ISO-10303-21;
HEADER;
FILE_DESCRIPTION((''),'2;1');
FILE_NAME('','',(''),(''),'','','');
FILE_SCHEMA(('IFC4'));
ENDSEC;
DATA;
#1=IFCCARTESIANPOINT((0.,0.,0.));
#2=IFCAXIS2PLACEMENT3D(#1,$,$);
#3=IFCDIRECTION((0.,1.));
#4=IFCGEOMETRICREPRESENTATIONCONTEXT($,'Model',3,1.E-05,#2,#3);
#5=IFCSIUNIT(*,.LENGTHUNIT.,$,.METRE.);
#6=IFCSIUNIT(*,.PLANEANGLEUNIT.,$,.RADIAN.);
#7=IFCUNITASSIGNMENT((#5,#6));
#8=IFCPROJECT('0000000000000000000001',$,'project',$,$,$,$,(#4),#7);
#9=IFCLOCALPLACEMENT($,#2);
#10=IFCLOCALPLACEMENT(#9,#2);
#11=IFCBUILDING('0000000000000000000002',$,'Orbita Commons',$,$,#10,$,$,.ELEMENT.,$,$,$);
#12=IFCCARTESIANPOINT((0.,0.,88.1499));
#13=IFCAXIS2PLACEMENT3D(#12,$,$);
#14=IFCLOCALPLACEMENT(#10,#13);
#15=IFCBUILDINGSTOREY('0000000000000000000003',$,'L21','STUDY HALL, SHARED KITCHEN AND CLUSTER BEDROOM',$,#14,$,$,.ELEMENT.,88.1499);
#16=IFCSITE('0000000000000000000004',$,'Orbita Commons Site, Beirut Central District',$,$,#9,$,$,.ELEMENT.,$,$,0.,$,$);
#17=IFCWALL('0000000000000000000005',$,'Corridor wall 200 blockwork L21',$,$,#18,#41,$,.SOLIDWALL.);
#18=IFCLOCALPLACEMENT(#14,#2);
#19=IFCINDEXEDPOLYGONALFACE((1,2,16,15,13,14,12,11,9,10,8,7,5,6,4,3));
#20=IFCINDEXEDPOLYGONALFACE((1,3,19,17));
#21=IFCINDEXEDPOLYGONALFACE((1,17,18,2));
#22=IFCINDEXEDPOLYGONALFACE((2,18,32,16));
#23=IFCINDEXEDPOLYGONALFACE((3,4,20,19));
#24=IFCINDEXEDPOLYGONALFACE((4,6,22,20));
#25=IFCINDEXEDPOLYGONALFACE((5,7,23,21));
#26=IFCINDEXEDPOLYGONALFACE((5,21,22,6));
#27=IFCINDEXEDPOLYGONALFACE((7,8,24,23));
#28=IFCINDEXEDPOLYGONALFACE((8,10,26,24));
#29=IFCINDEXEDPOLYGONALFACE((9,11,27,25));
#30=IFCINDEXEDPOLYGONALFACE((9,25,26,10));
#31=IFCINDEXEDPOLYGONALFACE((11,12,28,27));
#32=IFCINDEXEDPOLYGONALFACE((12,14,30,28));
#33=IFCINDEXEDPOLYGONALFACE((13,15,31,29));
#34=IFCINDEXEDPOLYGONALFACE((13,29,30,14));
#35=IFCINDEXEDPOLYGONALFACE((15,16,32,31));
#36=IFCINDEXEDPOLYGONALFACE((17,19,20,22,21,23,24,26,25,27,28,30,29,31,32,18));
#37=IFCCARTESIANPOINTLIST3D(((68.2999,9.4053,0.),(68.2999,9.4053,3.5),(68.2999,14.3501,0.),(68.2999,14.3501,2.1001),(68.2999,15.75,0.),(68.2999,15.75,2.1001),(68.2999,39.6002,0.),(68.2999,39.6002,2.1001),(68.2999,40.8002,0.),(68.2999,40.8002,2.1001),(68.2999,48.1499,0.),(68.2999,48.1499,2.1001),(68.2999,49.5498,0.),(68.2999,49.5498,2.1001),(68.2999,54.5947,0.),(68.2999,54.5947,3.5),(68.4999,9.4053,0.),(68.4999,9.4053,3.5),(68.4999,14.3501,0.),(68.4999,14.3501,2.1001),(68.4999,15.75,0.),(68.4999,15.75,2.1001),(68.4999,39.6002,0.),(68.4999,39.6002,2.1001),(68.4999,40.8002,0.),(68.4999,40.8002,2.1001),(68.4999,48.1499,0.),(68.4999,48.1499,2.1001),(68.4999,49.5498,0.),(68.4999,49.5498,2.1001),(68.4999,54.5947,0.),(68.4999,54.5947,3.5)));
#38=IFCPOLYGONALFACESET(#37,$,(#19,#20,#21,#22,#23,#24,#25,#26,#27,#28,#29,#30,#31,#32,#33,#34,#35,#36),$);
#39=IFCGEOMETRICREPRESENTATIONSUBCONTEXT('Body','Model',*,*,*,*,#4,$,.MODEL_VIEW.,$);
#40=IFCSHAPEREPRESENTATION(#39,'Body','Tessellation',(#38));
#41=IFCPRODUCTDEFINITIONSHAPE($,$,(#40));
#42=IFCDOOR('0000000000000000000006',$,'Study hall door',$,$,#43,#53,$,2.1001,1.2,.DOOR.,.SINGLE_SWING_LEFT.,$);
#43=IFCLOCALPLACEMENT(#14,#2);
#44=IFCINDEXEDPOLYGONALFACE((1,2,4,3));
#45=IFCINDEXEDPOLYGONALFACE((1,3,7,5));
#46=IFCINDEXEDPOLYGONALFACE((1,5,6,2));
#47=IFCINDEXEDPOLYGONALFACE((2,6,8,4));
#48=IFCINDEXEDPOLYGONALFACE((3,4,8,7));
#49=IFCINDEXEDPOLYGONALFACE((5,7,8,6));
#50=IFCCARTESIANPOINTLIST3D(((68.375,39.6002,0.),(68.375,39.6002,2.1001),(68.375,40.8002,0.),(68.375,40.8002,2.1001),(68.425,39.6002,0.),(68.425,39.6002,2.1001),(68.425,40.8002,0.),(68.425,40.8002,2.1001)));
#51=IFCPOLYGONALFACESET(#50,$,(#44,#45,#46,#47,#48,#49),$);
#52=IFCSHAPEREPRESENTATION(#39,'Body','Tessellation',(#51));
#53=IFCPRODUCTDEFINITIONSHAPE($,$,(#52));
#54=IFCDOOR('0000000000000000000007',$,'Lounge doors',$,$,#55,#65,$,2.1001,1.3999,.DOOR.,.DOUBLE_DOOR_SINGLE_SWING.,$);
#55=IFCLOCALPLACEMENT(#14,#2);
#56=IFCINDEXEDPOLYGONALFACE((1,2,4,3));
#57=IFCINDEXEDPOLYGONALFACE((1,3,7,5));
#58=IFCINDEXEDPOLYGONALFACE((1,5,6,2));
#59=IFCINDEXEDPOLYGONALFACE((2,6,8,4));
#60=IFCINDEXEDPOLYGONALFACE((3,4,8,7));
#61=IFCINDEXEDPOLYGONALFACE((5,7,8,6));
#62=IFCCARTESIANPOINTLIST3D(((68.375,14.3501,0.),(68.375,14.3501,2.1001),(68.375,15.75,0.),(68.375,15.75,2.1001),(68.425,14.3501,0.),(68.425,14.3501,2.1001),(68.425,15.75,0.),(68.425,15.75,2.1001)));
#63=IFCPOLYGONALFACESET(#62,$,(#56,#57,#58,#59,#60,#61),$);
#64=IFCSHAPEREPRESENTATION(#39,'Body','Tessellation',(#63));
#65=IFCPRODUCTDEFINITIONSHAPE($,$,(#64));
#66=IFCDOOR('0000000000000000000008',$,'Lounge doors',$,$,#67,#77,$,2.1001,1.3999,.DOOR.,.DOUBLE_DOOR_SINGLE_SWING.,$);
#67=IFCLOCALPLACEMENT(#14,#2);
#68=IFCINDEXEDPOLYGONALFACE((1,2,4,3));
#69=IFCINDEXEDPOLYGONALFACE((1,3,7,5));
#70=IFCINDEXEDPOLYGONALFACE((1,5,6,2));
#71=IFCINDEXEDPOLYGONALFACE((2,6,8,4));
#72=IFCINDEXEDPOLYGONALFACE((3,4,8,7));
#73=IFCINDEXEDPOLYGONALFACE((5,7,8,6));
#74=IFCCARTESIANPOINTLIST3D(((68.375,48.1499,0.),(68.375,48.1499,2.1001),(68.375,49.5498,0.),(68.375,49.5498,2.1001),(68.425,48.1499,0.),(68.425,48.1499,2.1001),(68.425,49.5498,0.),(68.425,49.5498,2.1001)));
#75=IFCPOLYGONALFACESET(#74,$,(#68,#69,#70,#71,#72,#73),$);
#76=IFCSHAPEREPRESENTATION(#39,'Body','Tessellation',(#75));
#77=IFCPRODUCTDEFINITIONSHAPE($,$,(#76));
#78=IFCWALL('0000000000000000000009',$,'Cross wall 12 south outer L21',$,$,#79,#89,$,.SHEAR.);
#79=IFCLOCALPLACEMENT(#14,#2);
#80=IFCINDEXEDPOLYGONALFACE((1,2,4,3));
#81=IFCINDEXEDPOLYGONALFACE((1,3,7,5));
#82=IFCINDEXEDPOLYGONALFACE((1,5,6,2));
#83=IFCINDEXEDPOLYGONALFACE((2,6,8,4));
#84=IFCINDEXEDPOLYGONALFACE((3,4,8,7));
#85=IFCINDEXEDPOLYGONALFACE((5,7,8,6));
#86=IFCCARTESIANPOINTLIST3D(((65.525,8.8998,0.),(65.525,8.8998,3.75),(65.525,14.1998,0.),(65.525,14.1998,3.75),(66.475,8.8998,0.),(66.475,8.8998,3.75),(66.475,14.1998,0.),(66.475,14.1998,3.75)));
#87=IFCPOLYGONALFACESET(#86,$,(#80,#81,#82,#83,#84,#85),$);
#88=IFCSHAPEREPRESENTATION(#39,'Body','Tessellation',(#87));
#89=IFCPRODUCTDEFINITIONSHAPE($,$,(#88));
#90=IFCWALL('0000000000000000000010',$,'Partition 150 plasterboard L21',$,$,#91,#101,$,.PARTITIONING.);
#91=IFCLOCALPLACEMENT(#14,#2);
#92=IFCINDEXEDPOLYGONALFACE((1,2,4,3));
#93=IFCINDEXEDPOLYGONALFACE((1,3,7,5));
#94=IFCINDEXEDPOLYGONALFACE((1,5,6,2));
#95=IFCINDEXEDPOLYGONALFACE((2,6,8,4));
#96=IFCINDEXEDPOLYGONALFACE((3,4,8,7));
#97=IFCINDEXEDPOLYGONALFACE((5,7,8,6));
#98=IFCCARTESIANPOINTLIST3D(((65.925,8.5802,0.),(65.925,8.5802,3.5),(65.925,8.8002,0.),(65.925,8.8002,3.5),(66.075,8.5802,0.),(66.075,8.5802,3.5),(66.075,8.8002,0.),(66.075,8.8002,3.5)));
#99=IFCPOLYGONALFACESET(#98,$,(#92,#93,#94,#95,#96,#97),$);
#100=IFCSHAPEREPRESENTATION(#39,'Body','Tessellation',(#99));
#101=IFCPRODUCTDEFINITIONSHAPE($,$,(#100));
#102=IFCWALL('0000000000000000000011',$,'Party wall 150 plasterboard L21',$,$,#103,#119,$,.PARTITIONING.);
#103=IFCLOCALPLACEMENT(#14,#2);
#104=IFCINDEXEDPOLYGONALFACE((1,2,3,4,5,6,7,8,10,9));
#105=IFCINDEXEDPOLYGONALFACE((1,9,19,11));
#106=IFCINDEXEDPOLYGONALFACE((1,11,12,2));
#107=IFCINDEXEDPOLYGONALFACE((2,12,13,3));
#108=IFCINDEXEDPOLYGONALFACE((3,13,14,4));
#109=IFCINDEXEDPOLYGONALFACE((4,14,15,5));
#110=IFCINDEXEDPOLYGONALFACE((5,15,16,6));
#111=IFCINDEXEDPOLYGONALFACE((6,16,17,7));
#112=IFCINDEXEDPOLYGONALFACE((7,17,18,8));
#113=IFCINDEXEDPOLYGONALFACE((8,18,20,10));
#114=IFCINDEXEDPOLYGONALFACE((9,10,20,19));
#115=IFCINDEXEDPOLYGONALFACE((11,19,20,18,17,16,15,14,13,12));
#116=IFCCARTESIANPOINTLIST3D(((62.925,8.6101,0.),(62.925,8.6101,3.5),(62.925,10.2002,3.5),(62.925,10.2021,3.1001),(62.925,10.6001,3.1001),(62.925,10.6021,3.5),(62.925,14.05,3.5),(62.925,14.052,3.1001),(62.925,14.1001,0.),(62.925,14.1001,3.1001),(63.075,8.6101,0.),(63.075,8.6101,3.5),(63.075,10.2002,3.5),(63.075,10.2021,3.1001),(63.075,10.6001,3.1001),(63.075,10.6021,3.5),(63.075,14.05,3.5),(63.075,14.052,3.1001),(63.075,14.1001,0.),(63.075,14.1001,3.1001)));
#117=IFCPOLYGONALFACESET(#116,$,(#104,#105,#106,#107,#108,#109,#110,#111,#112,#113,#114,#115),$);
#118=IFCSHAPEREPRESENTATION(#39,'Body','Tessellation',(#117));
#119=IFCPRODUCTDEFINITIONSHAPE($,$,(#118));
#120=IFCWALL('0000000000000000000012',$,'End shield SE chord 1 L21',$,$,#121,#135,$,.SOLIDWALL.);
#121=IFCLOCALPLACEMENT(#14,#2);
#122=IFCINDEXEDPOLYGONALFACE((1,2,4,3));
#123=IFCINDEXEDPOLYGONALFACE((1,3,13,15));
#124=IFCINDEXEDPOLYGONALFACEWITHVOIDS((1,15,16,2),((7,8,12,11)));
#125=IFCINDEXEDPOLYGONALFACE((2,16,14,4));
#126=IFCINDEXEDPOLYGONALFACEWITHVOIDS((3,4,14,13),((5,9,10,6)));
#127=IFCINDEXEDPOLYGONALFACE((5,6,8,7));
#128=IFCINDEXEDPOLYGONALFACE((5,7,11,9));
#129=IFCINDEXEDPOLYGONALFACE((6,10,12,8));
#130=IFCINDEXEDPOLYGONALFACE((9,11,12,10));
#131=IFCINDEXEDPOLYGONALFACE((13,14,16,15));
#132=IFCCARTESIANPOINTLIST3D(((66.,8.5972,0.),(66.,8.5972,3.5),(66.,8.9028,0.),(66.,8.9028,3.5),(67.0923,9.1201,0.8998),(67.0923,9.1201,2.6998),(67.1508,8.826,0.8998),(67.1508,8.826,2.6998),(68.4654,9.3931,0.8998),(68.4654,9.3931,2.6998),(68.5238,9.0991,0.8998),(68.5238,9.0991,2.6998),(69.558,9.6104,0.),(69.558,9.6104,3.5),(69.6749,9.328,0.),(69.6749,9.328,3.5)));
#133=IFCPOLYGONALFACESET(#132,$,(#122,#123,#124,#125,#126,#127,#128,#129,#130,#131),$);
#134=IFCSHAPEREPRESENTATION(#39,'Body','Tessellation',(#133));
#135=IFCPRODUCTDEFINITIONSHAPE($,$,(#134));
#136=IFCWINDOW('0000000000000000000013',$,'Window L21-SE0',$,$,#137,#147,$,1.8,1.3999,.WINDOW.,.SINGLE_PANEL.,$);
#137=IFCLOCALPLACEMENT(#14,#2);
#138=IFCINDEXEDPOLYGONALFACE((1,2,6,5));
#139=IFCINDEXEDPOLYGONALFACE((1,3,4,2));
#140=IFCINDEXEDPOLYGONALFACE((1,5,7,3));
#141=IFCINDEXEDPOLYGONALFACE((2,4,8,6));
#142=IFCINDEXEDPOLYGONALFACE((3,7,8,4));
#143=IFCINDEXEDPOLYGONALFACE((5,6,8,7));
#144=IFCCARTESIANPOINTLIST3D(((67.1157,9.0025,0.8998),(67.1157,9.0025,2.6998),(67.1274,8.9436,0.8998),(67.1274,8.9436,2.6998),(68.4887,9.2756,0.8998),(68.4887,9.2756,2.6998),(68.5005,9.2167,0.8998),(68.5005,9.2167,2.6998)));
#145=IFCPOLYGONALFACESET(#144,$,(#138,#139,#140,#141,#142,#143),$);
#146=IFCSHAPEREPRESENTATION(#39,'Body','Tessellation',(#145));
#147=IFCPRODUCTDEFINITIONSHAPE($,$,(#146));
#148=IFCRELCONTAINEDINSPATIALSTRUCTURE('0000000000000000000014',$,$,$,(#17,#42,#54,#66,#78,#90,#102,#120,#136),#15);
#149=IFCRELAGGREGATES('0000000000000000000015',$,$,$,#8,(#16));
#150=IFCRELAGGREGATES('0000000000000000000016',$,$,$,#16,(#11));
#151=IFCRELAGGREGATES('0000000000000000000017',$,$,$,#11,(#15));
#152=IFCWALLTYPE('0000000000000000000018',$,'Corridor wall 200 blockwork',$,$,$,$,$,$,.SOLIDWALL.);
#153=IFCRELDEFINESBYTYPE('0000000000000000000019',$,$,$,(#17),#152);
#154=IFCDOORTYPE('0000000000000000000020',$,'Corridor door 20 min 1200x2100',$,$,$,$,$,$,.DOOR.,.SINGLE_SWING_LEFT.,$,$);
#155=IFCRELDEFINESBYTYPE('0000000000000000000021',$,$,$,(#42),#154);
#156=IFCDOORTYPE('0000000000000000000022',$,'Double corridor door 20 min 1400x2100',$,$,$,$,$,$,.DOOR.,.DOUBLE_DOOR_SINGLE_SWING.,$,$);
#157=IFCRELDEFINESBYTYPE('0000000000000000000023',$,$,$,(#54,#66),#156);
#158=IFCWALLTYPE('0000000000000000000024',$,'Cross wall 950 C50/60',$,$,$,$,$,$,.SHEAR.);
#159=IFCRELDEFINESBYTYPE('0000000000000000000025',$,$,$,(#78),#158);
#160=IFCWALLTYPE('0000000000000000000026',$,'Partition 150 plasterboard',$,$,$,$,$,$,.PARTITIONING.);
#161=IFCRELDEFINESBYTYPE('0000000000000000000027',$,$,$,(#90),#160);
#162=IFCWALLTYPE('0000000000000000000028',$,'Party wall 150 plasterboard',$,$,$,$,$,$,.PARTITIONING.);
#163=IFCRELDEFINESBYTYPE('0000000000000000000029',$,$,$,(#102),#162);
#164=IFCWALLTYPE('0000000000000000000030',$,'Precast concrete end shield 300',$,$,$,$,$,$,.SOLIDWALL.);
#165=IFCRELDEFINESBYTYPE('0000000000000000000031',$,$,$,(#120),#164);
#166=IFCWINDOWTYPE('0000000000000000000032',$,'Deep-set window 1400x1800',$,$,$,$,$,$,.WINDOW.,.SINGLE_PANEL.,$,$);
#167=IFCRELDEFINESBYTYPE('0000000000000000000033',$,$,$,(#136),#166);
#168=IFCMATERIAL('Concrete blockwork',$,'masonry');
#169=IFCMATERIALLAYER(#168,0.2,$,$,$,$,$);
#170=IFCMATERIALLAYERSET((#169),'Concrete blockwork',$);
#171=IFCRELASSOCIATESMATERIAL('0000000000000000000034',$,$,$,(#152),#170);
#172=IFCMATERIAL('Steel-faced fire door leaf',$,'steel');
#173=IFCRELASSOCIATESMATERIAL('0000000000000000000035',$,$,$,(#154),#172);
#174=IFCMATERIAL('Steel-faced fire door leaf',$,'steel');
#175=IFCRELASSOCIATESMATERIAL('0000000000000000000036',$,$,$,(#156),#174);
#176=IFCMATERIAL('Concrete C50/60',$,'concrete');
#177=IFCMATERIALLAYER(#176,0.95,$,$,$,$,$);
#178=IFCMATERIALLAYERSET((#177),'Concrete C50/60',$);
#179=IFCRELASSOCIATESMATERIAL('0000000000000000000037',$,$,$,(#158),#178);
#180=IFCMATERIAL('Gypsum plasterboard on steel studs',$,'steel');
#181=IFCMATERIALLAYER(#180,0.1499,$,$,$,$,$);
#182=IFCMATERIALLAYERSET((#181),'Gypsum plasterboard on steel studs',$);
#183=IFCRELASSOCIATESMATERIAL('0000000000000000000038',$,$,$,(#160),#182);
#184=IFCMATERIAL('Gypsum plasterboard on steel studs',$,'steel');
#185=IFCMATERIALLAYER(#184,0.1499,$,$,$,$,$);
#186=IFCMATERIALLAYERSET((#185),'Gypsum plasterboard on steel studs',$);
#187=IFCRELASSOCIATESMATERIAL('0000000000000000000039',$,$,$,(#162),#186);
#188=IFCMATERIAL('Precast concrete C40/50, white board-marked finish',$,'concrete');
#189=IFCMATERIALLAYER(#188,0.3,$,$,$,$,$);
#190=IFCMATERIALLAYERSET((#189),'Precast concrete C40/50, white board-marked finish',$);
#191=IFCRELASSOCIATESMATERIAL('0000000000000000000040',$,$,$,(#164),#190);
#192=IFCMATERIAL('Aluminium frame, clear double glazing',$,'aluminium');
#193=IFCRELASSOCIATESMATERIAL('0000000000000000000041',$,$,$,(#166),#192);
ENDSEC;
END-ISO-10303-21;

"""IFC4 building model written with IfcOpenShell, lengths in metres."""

from ifc_helpers import new_model, si_unit, direction, frame, frame_2d, origin, place, context, subcontext, project, spatial, polyline, rectangle, outline, extrude, material, layer, layer_set, type_object, element, fill, save


model = new_model("IFC4")

# Units and contexts
model_context = context("Model", 3, precision=1e-05, world=origin(), true_north=direction((0.0, 1.0)))
body_context = subcontext(model_context, "Body", "Model", "MODEL_VIEW")
ifc_project = project(units=[si_unit("LENGTHUNIT", "METRE"), si_unit("PLANEANGLEUNIT", "RADIAN")], contexts=[model_context])

# Site, building, storey
site_placement = place(None, origin())
site = spatial("IfcSite", under=ifc_project, at=site_placement, Name="Orbita Commons Site, Beirut Central District", CompositionType="ELEMENT", RefElevation=0.0)
building_placement = place(site_placement, origin())
building = spatial("IfcBuilding", under=site, at=building_placement, Name="Orbita Commons", CompositionType="ELEMENT")
storey_placement = place(building_placement, frame((0.0, 0.0, 88.1499)))
storey = spatial("IfcBuildingStorey", under=building, at=storey_placement, Name="L21", Description="STUDY HALL, SHARED KITCHEN AND CLUSTER BEDROOM", CompositionType="ELEMENT", Elevation=88.1499)

# Wall, openings, doors
ifc_material_1 = material(Name="Concrete blockwork", Category="masonry")
ifc_layer_1 = layer(ifc_material_1, 0.2)
ifc_layer_set_1 = layer_set([ifc_layer_1], Name="Concrete blockwork")
wall_type_1 = type_object("IfcWallType", Name="Corridor wall 200 blockwork", PredefinedType="SOLIDWALL", material=ifc_layer_set_1)
wall_1_placement = place(storey_placement, frame((68.3999, 9.4053, 0.0), z_axis=(0.0, 0.0, 1.0), x_axis=(0.0, 1.0, 0.0)))
wall_1 = element("IfcWall", 1, at=wall_1_placement, inside=storey, type_object=wall_type_1, Name="Corridor wall 200 blockwork L21", PredefinedType="SOLIDWALL", context=body_context, shape_type="SweptSolid", body=[
    extrude(rectangle(XDim=45.1895, YDim=0.2, at=frame_2d((22.5947, 0.0))), origin(), (0.0, 0.0, 1.0), 3.5),
])
opening_1_placement = place(wall_1_placement, frame((30.1948, 0.0, 0.0)))
opening_1 = element("IfcOpeningElement", 2, at=opening_1_placement, cuts=wall_1, PredefinedType="OPENING", context=body_context, shape_type="SweptSolid", body=[
    extrude(rectangle(XDim=1.2, YDim=2.1001, at=frame_2d((0.6001, 1.05))), frame((0.0, 0.1099, 0.0), z_axis=(0.0, -1.0, 0.0), x_axis=(1.0, 0.0, 0.0)), (0.0, 0.0, 1.0), 0.22),
])
opening_2_placement = place(wall_1_placement, frame((4.9448, 0.0, 0.0)))
opening_2 = element("IfcOpeningElement", 3, at=opening_2_placement, cuts=wall_1, PredefinedType="OPENING", context=body_context, shape_type="SweptSolid", body=[
    extrude(rectangle(XDim=1.3999, YDim=2.1001, at=frame_2d((0.7, 1.05))), frame((0.0, 0.1099, 0.0), z_axis=(0.0, -1.0, 0.0), x_axis=(1.0, 0.0, 0.0)), (0.0, 0.0, 1.0), 0.22),
])
opening_3_placement = place(wall_1_placement, frame((38.7446, 0.0, 0.0)))
opening_3 = element("IfcOpeningElement", 4, at=opening_3_placement, cuts=wall_1, PredefinedType="OPENING", context=body_context, shape_type="SweptSolid", body=[
    extrude(rectangle(XDim=1.3999, YDim=2.1001, at=frame_2d((0.7, 1.05))), frame((0.0, 0.1099, 0.0), z_axis=(0.0, -1.0, 0.0), x_axis=(1.0, 0.0, 0.0)), (0.0, 0.0, 1.0), 0.22),
])
ifc_material_2 = material(Name="Steel-faced fire door leaf", Category="steel")
door_type_1 = type_object("IfcDoorType", Name="Corridor door 20 min 1200x2100", OperationType="SINGLE_SWING_LEFT", PredefinedType="DOOR", material=ifc_material_2)
door_1_placement = place(opening_1_placement, origin())
door_1 = element("IfcDoor", 5, at=door_1_placement, inside=storey, type_object=door_type_1, Name="Study hall door", OperationType="SINGLE_SWING_LEFT", OverallHeight=2.1001, OverallWidth=1.2, PredefinedType="DOOR", context=body_context, shape_type="SweptSolid", body=[
    extrude(rectangle(XDim=1.2, YDim=2.1001, at=frame_2d((0.6001, 1.05))), frame((0.0, 0.0249, 0.0), z_axis=(0.0, -1.0, 0.0), x_axis=(1.0, 0.0, 0.0)), (0.0, 0.0, 1.0), 0.05),
])
fill(opening_1, door_1)
ifc_material_3 = material(Name="Steel-faced fire door leaf", Category="steel")
door_type_2 = type_object("IfcDoorType", Name="Double corridor door 20 min 1400x2100", OperationType="DOUBLE_DOOR_SINGLE_SWING", PredefinedType="DOOR", material=ifc_material_3)
door_2_placement = place(opening_2_placement, origin())
door_2 = element("IfcDoor", 6, at=door_2_placement, inside=storey, type_object=door_type_2, Name="Lounge doors", OperationType="DOUBLE_DOOR_SINGLE_SWING", OverallHeight=2.1001, OverallWidth=1.3999, PredefinedType="DOOR", context=body_context, shape_type="SweptSolid", body=[
    extrude(rectangle(XDim=1.3999, YDim=2.1001, at=frame_2d((0.7, 1.05))), frame((0.0, 0.0249, 0.0), z_axis=(0.0, -1.0, 0.0), x_axis=(1.0, 0.0, 0.0)), (0.0, 0.0, 1.0), 0.05),
])
fill(opening_2, door_2)
door_3_placement = place(opening_3_placement, origin())
door_3 = element("IfcDoor", 7, at=door_3_placement, inside=storey, type_object=door_type_2, Name="Lounge doors", OperationType="DOUBLE_DOOR_SINGLE_SWING", OverallHeight=2.1001, OverallWidth=1.3999, PredefinedType="DOOR", context=body_context, shape_type="SweptSolid", body=[
    extrude(rectangle(XDim=1.3999, YDim=2.1001, at=frame_2d((0.7, 1.05))), frame((0.0, 0.0249, 0.0), z_axis=(0.0, -1.0, 0.0), x_axis=(1.0, 0.0, 0.0)), (0.0, 0.0, 1.0), 0.05),
])
fill(opening_3, door_3)

# Walls
ifc_material_4 = material(Name="Concrete C50/60", Category="concrete")
ifc_layer_2 = layer(ifc_material_4, 0.95)
ifc_layer_set_2 = layer_set([ifc_layer_2], Name="Concrete C50/60")
wall_type_2 = type_object("IfcWallType", Name="Cross wall 950 C50/60", PredefinedType="SHEAR", material=ifc_layer_set_2)
wall_2_placement = place(storey_placement, frame((66.0, 8.8999, 0.0), z_axis=(0.0, 0.0, 1.0), x_axis=(0.0, 1.0, 0.0)))
element("IfcWall", 8, at=wall_2_placement, inside=storey, type_object=wall_type_2, Name="Cross wall 12 south outer L21", PredefinedType="SHEAR", context=body_context, shape_type="SweptSolid", body=[
    extrude(rectangle(XDim=5.3, YDim=0.95, at=frame_2d((2.6499, 0.0))), origin(), (0.0, 0.0, 1.0), 3.75),
])
ifc_material_5 = material(Name="Gypsum plasterboard on steel studs", Category="steel")
ifc_layer_3 = layer(ifc_material_5, 0.1499)
ifc_layer_set_3 = layer_set([ifc_layer_3], Name="Gypsum plasterboard on steel studs")
wall_type_3 = type_object("IfcWallType", Name="Partition 150 plasterboard", PredefinedType="PARTITIONING", material=ifc_layer_set_3)
wall_3_placement = place(storey_placement, frame((66.0, 8.8, 0.0), z_axis=(0.0, 0.0, 1.0), x_axis=(0.0, -1.0, 0.0)))
element("IfcWall", 9, at=wall_3_placement, inside=storey, type_object=wall_type_3, Name="Partition 150 plasterboard L21", PredefinedType="PARTITIONING", context=body_context, shape_type="SweptSolid", body=[
    extrude(rectangle(XDim=0.22, YDim=0.1499, at=frame_2d((0.1099, 0.0))), origin(), (0.0, 0.0, 1.0), 3.5),
])
ifc_material_6 = material(Name="Gypsum plasterboard on steel studs", Category="steel")
ifc_layer_4 = layer(ifc_material_6, 0.1499)
ifc_layer_set_4 = layer_set([ifc_layer_4], Name="Gypsum plasterboard on steel studs")
wall_type_4 = type_object("IfcWallType", Name="Party wall 150 plasterboard", PredefinedType="PARTITIONING", material=ifc_layer_set_4)
wall_4_placement = place(storey_placement, frame((63.0, 8.6101, 0.0), z_axis=(0.0, 0.0, 1.0), x_axis=(0.0, 1.0, 0.0)))
element("IfcWall", 10, at=wall_4_placement, inside=storey, type_object=wall_type_4, Name="Party wall 150 plasterboard L21", PredefinedType="PARTITIONING", context=body_context, shape_type="SweptSolid", body=[
    extrude(outline(polyline([(0.0, 0.0), (5.49, 0.0), (5.49, 3.1001), (5.4419, 3.1001), (5.4399, 3.5), (1.9919, 3.5), (1.99, 3.1001), (1.592, 3.1001), (1.5901, 3.5), (0.0, 3.5), (0.0, 0.0)])), frame((0.0, 0.075, 0.0), z_axis=(0.0, -1.0, 0.0), x_axis=(1.0, 0.0, 0.0)), (0.0, 0.0, 1.0), 0.1499),
])

# Wall, opening, window
ifc_material_7 = material(Name="Precast concrete C40/50, white board-marked finish", Category="concrete")
ifc_layer_5 = layer(ifc_material_7, 0.3)
ifc_layer_set_5 = layer_set([ifc_layer_5], Name="Precast concrete C40/50, white board-marked finish")
wall_type_5 = type_object("IfcWallType", Name="Precast concrete end shield 300", PredefinedType="SOLIDWALL", material=ifc_layer_set_5)
wall_5_placement = place(storey_placement, frame((66.0, 8.75, 0.0), z_axis=(0.0, 0.0, 1.0), x_axis=(0.980791, 0.195059, 0.0)))
wall_5 = element("IfcWall", 11, at=wall_5_placement, inside=storey, type_object=wall_type_5, Name="End shield SE chord 1 L21", PredefinedType="SOLIDWALL", context=body_context, shape_type="SweptSolid", body=[
    extrude(outline(polyline([(-0.0298, -0.1499), (3.717, -0.1499), (3.6575, 0.1499), (0.0298, 0.1499), (-0.0298, -0.1499)])), origin(), (0.0, 0.0, 1.0), 3.5),
])
opening_4_placement = place(wall_5_placement, frame((1.1436, 0.0, 0.8999)))
opening_4 = element("IfcOpeningElement", 12, at=opening_4_placement, cuts=wall_5, PredefinedType="OPENING", context=body_context, shape_type="SweptSolid", body=[
    extrude(rectangle(XDim=1.3999, YDim=1.8, at=frame_2d((0.7, 0.8999))), frame((0.0, 0.1599, 0.0), z_axis=(0.0, -1.0, 0.0), x_axis=(1.0, 0.0, 0.0)), (0.0, 0.0, 1.0), 0.3201),
])
ifc_material_8 = material(Name="Aluminium frame, clear double glazing", Category="aluminium")
window_type = type_object("IfcWindowType", Name="Deep-set window 1400x1800", PartitioningType="SINGLE_PANEL", PredefinedType="WINDOW", material=ifc_material_8)
window_1_placement = place(opening_4_placement, origin())
window_1 = element("IfcWindow", 13, at=window_1_placement, inside=storey, type_object=window_type, Name="Window L21-SE0", OverallHeight=1.8, OverallWidth=1.3999, PartitioningType="SINGLE_PANEL", PredefinedType="WINDOW", context=body_context, shape_type="SweptSolid", body=[
    extrude(rectangle(XDim=1.3999, YDim=1.8, at=frame_2d((0.7, 0.8999))), frame((0.0, 0.03, 0.0), z_axis=(0.0, -1.0, 0.0), x_axis=(1.0, 0.0, 0.0)), (0.0, 0.0, 1.0), 0.0601),
])
fill(opening_4, window_1)

save(model, "model.ifc")
